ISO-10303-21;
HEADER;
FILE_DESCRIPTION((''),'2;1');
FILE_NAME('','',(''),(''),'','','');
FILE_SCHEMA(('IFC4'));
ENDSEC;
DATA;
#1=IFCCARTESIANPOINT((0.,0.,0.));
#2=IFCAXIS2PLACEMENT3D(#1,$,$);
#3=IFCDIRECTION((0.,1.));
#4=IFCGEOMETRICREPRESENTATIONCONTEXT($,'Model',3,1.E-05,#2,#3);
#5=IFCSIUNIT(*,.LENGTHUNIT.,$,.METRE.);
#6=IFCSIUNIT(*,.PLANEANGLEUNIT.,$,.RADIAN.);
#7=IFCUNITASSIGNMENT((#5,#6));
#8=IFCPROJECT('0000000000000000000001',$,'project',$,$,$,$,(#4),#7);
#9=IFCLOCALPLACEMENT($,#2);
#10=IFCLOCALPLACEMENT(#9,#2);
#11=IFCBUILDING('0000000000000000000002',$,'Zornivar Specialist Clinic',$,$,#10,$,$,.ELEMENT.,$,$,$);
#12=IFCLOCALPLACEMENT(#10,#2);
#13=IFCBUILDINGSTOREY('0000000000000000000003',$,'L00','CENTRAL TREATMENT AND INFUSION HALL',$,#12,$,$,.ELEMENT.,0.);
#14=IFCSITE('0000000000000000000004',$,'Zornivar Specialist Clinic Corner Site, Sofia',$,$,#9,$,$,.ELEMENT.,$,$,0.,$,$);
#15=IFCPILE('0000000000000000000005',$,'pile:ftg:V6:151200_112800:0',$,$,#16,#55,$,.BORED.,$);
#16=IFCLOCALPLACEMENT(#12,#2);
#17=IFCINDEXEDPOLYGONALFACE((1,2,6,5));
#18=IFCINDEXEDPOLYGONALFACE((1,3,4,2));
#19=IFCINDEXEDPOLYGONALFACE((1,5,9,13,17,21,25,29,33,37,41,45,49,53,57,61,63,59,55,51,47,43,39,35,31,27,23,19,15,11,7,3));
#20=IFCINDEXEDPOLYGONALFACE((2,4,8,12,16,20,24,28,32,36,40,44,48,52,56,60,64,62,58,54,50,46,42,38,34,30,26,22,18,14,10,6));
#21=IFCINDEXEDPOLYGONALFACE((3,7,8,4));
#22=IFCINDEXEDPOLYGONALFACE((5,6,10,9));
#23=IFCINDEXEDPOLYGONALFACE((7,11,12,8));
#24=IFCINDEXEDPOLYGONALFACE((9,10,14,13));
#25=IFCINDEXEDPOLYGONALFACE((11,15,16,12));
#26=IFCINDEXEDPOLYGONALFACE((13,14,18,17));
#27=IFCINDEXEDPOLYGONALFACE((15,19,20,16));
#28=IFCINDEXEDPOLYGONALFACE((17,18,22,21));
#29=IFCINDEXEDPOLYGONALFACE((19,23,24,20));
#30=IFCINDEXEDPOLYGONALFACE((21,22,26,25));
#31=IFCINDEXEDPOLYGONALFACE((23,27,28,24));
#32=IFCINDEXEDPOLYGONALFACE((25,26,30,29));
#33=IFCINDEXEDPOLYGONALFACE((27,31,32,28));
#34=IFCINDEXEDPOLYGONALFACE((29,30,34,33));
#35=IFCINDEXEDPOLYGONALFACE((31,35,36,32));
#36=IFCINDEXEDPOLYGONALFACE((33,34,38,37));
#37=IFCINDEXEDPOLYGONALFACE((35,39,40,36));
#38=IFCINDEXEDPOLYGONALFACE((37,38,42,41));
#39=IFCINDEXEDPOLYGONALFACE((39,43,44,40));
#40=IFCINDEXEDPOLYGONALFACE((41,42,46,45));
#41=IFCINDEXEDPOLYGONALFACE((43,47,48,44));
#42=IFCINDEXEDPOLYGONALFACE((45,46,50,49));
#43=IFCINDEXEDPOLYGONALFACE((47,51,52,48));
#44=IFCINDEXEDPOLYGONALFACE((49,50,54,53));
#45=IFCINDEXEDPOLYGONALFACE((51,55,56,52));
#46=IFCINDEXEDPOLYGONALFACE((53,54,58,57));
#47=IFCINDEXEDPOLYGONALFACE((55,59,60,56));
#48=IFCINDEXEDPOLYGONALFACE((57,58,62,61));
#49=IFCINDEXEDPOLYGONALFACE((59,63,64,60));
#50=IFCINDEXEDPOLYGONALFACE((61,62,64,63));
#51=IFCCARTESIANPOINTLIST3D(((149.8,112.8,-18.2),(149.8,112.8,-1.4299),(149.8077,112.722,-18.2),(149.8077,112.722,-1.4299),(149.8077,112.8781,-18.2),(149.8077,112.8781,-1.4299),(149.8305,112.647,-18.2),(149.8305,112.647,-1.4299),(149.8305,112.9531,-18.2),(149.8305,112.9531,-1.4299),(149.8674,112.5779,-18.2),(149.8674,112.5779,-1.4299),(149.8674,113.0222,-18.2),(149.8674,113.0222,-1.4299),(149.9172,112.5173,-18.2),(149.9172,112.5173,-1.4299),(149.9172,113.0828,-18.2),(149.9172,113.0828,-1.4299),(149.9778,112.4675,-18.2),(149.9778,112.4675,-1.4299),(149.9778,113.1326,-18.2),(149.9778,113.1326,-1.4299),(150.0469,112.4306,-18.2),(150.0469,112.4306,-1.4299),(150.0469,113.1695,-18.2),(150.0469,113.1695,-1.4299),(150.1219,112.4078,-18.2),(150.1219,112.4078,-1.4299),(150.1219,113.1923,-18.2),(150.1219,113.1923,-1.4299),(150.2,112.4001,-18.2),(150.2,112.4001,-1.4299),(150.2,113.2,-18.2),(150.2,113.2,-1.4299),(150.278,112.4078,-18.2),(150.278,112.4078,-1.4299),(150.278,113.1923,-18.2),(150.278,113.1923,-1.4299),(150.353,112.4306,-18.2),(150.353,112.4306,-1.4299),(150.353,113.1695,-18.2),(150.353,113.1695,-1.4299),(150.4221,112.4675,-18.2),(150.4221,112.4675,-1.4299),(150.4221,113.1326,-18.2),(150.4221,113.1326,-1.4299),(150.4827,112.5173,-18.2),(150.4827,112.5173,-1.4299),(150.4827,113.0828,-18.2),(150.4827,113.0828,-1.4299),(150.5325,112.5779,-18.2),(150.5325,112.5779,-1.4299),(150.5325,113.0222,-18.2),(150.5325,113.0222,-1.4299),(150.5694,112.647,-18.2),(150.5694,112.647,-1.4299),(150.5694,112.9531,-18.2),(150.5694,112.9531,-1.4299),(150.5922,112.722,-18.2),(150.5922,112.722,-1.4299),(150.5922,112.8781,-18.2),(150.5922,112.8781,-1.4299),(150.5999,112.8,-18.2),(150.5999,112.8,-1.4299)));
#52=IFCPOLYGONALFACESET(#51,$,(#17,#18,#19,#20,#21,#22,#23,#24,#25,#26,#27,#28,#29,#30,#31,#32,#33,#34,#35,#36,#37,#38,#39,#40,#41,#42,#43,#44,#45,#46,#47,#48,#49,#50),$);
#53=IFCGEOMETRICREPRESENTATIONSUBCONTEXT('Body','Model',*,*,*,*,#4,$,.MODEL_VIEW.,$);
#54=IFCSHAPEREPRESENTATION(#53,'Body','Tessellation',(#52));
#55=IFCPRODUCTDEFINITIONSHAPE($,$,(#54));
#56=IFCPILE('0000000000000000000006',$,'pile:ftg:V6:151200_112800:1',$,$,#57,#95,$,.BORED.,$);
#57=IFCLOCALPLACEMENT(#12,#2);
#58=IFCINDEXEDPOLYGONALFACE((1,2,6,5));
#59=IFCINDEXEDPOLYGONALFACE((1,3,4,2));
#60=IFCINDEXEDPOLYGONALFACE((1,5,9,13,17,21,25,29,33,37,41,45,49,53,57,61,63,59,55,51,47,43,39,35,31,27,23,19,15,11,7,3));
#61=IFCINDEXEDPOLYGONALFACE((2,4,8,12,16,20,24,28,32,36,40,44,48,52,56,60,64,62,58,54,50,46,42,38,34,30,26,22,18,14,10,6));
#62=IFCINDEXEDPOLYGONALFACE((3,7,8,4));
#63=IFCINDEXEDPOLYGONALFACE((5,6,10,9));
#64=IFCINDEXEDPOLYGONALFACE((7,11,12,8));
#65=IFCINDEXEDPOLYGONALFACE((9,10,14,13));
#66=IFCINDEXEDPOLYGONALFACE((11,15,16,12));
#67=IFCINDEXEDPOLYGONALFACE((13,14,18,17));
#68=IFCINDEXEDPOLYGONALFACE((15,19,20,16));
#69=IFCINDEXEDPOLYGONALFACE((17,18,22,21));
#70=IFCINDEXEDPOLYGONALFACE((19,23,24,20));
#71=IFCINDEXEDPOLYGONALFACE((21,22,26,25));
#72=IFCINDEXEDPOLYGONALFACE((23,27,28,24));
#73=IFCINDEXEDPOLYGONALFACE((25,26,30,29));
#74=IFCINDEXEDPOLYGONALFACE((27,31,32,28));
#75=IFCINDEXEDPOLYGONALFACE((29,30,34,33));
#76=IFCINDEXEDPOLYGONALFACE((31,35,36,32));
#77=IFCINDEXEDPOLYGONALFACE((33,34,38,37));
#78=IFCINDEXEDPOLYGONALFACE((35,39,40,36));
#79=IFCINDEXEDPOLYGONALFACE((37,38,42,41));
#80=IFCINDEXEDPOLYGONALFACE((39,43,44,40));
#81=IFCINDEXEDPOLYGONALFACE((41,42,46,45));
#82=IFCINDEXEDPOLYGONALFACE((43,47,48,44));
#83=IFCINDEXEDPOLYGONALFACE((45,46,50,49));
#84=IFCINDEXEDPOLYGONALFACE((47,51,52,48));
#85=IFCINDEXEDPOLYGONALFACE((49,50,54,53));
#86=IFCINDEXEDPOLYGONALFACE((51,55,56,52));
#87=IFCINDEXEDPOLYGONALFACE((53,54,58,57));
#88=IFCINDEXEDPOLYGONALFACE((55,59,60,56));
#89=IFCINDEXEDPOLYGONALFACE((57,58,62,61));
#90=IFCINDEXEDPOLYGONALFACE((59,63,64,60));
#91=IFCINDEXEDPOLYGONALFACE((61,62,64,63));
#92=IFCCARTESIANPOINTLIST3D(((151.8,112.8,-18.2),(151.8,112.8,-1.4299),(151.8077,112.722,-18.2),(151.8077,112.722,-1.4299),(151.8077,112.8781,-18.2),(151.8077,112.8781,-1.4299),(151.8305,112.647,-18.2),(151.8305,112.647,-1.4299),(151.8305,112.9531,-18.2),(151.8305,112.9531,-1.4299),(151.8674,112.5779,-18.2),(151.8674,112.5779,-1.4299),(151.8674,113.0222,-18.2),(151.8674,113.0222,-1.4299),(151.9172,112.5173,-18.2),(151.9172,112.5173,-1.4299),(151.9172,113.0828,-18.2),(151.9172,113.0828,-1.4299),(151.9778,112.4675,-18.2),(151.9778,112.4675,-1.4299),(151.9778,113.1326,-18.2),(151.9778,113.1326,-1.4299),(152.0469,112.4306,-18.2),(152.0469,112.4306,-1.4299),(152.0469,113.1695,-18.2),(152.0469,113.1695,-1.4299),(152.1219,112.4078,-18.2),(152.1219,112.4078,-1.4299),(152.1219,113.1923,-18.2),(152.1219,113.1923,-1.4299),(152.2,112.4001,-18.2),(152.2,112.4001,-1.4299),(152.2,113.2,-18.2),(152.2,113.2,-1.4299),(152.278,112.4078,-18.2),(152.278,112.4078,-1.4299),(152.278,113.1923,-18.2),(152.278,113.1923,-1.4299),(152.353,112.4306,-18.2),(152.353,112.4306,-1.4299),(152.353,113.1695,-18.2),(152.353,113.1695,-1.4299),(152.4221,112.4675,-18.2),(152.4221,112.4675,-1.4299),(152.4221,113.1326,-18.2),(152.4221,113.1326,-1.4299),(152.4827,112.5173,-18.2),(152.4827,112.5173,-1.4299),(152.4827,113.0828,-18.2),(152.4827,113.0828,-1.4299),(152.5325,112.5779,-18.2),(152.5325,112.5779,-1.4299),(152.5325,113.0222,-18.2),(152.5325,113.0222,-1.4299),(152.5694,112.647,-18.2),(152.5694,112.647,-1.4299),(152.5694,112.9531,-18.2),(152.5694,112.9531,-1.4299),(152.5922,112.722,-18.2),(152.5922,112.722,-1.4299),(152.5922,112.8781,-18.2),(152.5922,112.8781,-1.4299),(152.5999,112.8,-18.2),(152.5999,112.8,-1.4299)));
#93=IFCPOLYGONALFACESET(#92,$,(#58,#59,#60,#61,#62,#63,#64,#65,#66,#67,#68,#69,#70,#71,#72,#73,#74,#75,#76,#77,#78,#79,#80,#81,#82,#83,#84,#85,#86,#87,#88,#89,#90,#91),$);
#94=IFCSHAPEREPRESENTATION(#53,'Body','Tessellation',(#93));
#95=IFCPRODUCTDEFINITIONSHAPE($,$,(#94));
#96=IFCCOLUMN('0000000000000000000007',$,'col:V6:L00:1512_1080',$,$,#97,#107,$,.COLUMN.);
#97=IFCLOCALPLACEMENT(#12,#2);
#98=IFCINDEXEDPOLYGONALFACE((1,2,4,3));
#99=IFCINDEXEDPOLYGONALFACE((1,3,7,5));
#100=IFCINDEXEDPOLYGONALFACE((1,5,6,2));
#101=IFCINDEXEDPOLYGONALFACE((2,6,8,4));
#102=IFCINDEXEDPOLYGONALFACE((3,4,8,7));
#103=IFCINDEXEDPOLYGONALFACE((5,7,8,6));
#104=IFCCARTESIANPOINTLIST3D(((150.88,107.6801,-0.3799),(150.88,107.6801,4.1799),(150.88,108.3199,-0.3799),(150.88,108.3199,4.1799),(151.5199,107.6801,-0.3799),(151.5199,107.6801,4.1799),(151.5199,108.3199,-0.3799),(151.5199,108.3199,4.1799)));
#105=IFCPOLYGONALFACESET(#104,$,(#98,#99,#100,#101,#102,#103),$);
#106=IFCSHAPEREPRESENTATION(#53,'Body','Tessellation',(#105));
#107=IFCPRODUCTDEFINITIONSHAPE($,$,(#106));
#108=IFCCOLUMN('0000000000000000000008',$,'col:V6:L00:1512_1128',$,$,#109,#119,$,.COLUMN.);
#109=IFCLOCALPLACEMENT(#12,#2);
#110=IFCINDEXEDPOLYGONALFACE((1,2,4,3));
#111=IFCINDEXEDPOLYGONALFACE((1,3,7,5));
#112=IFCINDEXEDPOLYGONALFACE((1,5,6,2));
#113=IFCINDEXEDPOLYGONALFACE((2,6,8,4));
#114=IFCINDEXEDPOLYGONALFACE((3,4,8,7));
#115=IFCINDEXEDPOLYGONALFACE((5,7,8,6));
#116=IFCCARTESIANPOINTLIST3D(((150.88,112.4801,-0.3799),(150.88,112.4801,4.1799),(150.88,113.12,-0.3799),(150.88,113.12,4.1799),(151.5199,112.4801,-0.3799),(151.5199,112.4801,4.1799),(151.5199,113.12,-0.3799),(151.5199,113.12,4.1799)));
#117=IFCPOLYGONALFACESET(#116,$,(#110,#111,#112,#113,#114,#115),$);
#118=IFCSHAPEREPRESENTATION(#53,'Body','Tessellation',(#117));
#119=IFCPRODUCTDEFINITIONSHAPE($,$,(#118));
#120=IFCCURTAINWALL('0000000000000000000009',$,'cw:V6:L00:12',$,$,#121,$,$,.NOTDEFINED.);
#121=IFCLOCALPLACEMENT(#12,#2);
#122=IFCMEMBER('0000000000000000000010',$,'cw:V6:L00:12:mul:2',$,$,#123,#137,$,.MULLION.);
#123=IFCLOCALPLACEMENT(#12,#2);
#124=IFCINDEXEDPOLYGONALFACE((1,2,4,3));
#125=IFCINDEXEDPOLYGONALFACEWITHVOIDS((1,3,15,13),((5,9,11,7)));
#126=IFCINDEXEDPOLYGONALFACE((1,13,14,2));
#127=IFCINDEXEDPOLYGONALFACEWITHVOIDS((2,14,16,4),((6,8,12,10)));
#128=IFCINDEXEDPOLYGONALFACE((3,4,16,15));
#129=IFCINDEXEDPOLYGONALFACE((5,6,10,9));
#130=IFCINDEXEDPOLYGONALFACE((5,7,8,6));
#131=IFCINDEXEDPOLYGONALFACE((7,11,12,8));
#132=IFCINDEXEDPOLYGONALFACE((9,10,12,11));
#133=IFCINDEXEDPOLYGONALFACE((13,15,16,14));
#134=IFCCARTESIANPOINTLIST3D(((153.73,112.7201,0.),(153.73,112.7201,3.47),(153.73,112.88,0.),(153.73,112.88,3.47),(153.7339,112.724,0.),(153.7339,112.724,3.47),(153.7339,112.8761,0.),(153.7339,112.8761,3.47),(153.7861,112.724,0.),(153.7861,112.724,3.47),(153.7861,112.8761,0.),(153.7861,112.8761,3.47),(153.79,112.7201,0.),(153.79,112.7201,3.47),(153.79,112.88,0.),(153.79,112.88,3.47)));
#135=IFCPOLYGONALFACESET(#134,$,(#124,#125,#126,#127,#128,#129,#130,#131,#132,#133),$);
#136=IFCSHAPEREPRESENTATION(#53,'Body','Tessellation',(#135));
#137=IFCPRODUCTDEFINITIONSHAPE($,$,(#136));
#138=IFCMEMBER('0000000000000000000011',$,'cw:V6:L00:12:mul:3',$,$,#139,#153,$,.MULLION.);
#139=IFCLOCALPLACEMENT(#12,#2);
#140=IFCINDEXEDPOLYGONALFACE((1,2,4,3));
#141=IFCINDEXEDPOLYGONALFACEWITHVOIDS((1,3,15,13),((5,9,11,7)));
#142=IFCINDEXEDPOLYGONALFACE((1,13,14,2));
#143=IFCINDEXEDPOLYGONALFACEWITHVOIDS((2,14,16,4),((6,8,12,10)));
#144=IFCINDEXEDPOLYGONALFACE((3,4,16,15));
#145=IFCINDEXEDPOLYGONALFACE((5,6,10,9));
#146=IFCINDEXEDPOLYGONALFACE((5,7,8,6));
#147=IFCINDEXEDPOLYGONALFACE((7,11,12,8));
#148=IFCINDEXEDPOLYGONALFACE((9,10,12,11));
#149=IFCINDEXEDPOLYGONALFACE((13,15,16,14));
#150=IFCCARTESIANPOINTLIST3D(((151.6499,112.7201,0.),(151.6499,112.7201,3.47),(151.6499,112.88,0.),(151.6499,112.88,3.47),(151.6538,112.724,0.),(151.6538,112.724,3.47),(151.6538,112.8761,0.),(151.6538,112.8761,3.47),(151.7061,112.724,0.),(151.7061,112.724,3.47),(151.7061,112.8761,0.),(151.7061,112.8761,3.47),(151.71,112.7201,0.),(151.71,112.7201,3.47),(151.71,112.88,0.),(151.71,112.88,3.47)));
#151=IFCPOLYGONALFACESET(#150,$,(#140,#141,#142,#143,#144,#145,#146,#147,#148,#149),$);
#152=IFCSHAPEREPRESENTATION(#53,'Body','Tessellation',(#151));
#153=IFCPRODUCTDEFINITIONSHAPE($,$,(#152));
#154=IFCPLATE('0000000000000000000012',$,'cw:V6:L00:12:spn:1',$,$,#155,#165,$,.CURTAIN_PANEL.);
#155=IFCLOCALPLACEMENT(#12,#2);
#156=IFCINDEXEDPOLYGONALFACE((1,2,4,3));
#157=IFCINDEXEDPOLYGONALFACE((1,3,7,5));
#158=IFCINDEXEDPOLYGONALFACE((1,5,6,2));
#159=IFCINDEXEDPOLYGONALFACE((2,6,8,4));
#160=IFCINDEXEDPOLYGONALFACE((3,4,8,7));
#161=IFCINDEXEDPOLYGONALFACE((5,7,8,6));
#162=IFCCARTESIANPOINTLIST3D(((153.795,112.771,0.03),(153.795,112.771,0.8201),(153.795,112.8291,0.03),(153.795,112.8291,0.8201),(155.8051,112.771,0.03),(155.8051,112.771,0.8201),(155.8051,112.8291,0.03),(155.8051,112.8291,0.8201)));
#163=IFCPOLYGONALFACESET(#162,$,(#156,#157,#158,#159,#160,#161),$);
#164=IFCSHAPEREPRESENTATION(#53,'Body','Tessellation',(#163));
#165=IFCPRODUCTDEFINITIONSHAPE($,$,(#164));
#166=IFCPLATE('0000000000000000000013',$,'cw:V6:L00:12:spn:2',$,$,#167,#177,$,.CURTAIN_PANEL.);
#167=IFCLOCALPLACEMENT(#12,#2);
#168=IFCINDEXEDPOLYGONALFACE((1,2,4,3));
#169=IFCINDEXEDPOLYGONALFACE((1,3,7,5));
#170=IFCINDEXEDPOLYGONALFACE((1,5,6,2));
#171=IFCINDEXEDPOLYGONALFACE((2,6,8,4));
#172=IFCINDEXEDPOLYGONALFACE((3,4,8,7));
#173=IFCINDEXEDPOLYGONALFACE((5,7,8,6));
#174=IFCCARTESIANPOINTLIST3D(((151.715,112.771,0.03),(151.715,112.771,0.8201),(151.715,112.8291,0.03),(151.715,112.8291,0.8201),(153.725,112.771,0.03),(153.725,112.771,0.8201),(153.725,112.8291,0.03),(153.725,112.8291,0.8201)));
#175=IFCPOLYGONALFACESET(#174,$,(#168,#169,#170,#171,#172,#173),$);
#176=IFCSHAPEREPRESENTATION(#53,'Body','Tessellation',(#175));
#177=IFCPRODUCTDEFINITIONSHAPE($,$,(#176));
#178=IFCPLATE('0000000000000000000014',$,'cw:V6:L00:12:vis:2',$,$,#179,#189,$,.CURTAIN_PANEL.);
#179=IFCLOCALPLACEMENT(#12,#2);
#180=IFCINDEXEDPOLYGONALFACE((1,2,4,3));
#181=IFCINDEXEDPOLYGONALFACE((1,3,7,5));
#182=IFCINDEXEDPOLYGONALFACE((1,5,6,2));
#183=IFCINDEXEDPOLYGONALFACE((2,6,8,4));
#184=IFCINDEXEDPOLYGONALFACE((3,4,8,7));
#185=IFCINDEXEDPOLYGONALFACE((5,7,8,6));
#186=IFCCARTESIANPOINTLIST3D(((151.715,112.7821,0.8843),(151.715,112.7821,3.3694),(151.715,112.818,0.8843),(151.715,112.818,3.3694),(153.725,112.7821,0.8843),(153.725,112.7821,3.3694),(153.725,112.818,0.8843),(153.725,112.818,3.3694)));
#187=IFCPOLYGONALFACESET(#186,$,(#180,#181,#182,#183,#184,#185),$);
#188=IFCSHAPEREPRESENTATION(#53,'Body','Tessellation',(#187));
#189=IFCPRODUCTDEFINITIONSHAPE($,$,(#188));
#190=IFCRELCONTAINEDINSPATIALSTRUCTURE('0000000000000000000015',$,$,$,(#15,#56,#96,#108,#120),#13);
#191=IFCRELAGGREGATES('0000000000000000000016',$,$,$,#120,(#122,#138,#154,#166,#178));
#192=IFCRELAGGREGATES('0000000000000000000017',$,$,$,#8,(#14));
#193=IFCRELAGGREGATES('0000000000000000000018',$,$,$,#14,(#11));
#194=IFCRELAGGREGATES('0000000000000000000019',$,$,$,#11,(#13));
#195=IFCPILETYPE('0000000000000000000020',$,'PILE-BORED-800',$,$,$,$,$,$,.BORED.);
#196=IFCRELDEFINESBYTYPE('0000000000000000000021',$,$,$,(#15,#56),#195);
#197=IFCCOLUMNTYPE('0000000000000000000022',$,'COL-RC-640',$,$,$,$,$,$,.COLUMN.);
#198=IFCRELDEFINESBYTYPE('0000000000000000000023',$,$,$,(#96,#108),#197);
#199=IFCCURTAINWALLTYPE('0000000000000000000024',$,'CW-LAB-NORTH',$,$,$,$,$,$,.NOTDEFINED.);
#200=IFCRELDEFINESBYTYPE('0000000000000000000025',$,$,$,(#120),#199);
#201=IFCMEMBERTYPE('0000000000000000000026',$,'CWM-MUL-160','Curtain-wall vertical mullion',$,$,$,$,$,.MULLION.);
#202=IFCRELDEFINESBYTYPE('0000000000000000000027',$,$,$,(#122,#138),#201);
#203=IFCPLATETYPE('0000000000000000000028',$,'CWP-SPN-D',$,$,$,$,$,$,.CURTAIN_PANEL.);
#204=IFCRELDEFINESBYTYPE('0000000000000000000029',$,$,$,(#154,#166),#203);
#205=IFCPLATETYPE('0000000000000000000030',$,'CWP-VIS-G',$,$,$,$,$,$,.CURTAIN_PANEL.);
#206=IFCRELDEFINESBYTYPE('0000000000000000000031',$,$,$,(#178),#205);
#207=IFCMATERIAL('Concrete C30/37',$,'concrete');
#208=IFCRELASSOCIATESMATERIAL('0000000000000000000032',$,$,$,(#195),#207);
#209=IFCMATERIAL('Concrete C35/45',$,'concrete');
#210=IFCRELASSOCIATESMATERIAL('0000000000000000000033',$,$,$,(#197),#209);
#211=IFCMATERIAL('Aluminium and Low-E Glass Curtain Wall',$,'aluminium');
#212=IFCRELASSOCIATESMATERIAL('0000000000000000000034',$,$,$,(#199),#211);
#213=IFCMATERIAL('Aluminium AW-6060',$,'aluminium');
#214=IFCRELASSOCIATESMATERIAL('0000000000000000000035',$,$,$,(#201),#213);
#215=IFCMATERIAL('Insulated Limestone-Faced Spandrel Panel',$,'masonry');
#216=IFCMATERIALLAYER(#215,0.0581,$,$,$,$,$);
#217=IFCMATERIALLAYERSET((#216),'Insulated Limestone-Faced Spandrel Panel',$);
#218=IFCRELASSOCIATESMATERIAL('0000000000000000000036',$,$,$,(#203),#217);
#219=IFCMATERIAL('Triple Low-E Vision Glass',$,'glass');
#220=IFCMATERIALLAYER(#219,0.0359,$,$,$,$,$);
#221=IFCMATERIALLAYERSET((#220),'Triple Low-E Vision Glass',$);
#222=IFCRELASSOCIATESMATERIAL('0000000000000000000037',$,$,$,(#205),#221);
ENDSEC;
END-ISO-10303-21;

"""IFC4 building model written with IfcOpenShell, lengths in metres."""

from ifc_helpers import new_model, si_unit, direction, frame, origin, origin_2d, place, context, subcontext, project, spatial, rectangle, hollow_rectangle, circle, extrude, material, layer, layer_set, material_profile, profile_set, type_object, element, aggregate, save


model = new_model("IFC4")

# Units and contexts
model_context = context("Model", 3, precision=1e-05, world=origin(), true_north=direction((0.0, 1.0)))
body_context = subcontext(model_context, "Body", "Model", "MODEL_VIEW")
ifc_project = project(units=[si_unit("LENGTHUNIT", "METRE"), si_unit("PLANEANGLEUNIT", "RADIAN")], contexts=[model_context])

# Site, building, storey
site_placement = place(None, origin())
site = spatial("IfcSite", under=ifc_project, at=site_placement, Name="Zornivar Specialist Clinic Corner Site, Sofia", CompositionType="ELEMENT", RefElevation=0.0)
building_placement = place(site_placement, origin())
building = spatial("IfcBuilding", under=site, at=building_placement, Name="Zornivar Specialist Clinic", CompositionType="ELEMENT")
storey_placement = place(building_placement, origin())
storey = spatial("IfcBuildingStorey", under=building, at=storey_placement, Name="L00", Description="CENTRAL TREATMENT AND INFUSION HALL", CompositionType="ELEMENT", Elevation=0.0)

# Piles
ifc_material_1 = material(Name="Concrete C30/37", Category="concrete")
ifc_material_profile_1 = material_profile(ifc_material_1, circle(Radius=0.3999, at=origin_2d()), Name="PILE D800")
ifc_profile_set_1 = profile_set([ifc_material_profile_1], Name="Concrete C30/37")
pile_type_1 = type_object("IfcPileType", Name="PILE-BORED-800", PredefinedType="BORED", material=ifc_profile_set_1)
for number, where, z_axis, x_axis, name in (
    (1, (150.2, 112.8, -1.4299), (0.0, 0.0, -1.0), (1.0, 0.0, 0.0), "pile:ftg:V6:151200_112800:0"),
    (2, (152.2, 112.8, -1.4299), (0.0, 0.0, -1.0), (1.0, 0.0, 0.0), "pile:ftg:V6:151200_112800:1"),
):
    element("IfcPile", number, at=place(storey_placement, frame(where, z_axis=z_axis, x_axis=x_axis)), inside=storey, type_object=pile_type_1, Name=name, PredefinedType="BORED", context=body_context, shape_type="SweptSolid", body=[
        extrude(circle(Radius=0.3999, at=origin_2d()), origin(), (0.0, 0.0, 1.0), 16.77),
    ])

# Columns
ifc_material_2 = material(Name="Concrete C35/45", Category="concrete")
ifc_material_profile_2 = material_profile(ifc_material_2, rectangle(XDim=0.6399, YDim=0.6399, at=origin_2d()), Name="RC 640x640")
ifc_profile_set_2 = profile_set([ifc_material_profile_2], Name="Concrete C35/45")
column_type = type_object("IfcColumnType", Name="COL-RC-640", PredefinedType="COLUMN", material=ifc_profile_set_2)
for number, where, z_axis, x_axis, name in (
    (3, (151.2, 108.0, -0.3799), (0.0, 0.0, 1.0), (1.0, 0.0, 0.0), "col:V6:L00:1512_1080"),
    (4, (151.2, 112.8, -0.3799), (0.0, 0.0, 1.0), (1.0, 0.0, 0.0), "col:V6:L00:1512_1128"),
):
    element("IfcColumn", number, at=place(storey_placement, frame(where, z_axis=z_axis, x_axis=x_axis)), inside=storey, type_object=column_type, Name=name, PredefinedType="COLUMN", context=body_context, shape_type="SweptSolid", body=[
        extrude(rectangle(XDim=0.6399, YDim=0.6399, at=origin_2d()), origin(), (0.0, 0.0, 1.0), 4.5598),
    ])

# Curtain wall, members, plates
ifc_material_3 = material(Name="Aluminium and Low-E Glass Curtain Wall", Category="aluminium")
curtain_wall_type = type_object("IfcCurtainWallType", Name="CW-LAB-NORTH", PredefinedType="NOTDEFINED", material=ifc_material_3)
curtain_wall_placement = place(storey_placement, origin())
curtain_wall = element("IfcCurtainWall", 5, at=curtain_wall_placement, inside=storey, type_object=curtain_wall_type, Name="cw:V6:L00:12", PredefinedType="NOTDEFINED")
ifc_material_4 = material(Name="Aluminium AW-6060", Category="aluminium")
ifc_material_profile_3 = material_profile(ifc_material_4, hollow_rectangle(XDim=0.0601, YDim=0.1599, WallThickness=0.0039, at=origin_2d()), Name="ALU 60x160x4")
ifc_profile_set_3 = profile_set([ifc_material_profile_3], Name="Aluminium AW-6060")
member_type = type_object("IfcMemberType", Name="CWM-MUL-160", Description="Curtain-wall vertical mullion", PredefinedType="MULLION", material=ifc_profile_set_3)
member_1_placement = place(storey_placement, frame((153.76, 112.8, 0.0), z_axis=(0.0, 0.0, 1.0), x_axis=(1.0, 0.0, 0.0)))
member_1 = element("IfcMember", 6, at=member_1_placement, type_object=member_type, Name="cw:V6:L00:12:mul:2", PredefinedType="MULLION", context=body_context, shape_type="SweptSolid", body=[
    extrude(hollow_rectangle(XDim=0.0601, YDim=0.1599, WallThickness=0.0039, at=origin_2d()), origin(), (0.0, 0.0, 1.0), 3.47),
])
member_2_placement = place(storey_placement, frame((151.6799, 112.8, 0.0), z_axis=(0.0, 0.0, 1.0), x_axis=(1.0, 0.0, 0.0)))
member_2 = element("IfcMember", 7, at=member_2_placement, type_object=member_type, Name="cw:V6:L00:12:mul:3", PredefinedType="MULLION", context=body_context, shape_type="SweptSolid", body=[
    extrude(hollow_rectangle(XDim=0.0601, YDim=0.1599, WallThickness=0.0039, at=origin_2d()), origin(), (0.0, 0.0, 1.0), 3.47),
])
ifc_material_5 = material(Name="Insulated Limestone-Faced Spandrel Panel", Category="masonry")
ifc_layer_1 = layer(ifc_material_5, 0.0581)
ifc_layer_set_1 = layer_set([ifc_layer_1], Name="Insulated Limestone-Faced Spandrel Panel")
plate_type_1 = type_object("IfcPlateType", Name="CWP-SPN-D", PredefinedType="CURTAIN_PANEL", material=ifc_layer_set_1)
plate_1_placement = place(storey_placement, frame((154.8, 112.8, 0.03), z_axis=(0.0, 0.0, 1.0), x_axis=(-1.0, 0.0, 0.0)))
plate_1 = element("IfcPlate", 8, at=plate_1_placement, type_object=plate_type_1, Name="cw:V6:L00:12:spn:1", PredefinedType="CURTAIN_PANEL", context=body_context, shape_type="SweptSolid", body=[
    extrude(rectangle(XDim=2.01, YDim=0.0581, at=origin_2d()), origin(), (0.0, 0.0, 1.0), 0.79),
])
plate_2_placement = place(storey_placement, frame((152.72, 112.8, 0.03), z_axis=(0.0, 0.0, 1.0), x_axis=(-1.0, 0.0, 0.0)))
plate_2 = element("IfcPlate", 9, at=plate_2_placement, type_object=plate_type_1, Name="cw:V6:L00:12:spn:2", PredefinedType="CURTAIN_PANEL", context=body_context, shape_type="SweptSolid", body=[
    extrude(rectangle(XDim=2.01, YDim=0.0581, at=origin_2d()), origin(), (0.0, 0.0, 1.0), 0.79),
])
ifc_material_6 = material(Name="Triple Low-E Vision Glass", Category="glass")
ifc_layer_2 = layer(ifc_material_6, 0.0359)
ifc_layer_set_2 = layer_set([ifc_layer_2], Name="Triple Low-E Vision Glass")
plate_type_2 = type_object("IfcPlateType", Name="CWP-VIS-G", PredefinedType="CURTAIN_PANEL", material=ifc_layer_set_2)
plate_3_placement = place(storey_placement, frame((152.72, 112.8, 0.8843), z_axis=(0.0, 0.0, 1.0), x_axis=(-1.0, 0.0, 0.0)))
plate_3 = element("IfcPlate", 10, at=plate_3_placement, type_object=plate_type_2, Name="cw:V6:L00:12:vis:2", PredefinedType="CURTAIN_PANEL", context=body_context, shape_type="SweptSolid", body=[
    extrude(rectangle(XDim=2.01, YDim=0.0359, at=origin_2d()), origin(), (0.0, 0.0, 1.0), 2.4851),
])
aggregate(curtain_wall, [member_1, member_2, plate_1, plate_2, plate_3])

save(model, "model.ifc")
